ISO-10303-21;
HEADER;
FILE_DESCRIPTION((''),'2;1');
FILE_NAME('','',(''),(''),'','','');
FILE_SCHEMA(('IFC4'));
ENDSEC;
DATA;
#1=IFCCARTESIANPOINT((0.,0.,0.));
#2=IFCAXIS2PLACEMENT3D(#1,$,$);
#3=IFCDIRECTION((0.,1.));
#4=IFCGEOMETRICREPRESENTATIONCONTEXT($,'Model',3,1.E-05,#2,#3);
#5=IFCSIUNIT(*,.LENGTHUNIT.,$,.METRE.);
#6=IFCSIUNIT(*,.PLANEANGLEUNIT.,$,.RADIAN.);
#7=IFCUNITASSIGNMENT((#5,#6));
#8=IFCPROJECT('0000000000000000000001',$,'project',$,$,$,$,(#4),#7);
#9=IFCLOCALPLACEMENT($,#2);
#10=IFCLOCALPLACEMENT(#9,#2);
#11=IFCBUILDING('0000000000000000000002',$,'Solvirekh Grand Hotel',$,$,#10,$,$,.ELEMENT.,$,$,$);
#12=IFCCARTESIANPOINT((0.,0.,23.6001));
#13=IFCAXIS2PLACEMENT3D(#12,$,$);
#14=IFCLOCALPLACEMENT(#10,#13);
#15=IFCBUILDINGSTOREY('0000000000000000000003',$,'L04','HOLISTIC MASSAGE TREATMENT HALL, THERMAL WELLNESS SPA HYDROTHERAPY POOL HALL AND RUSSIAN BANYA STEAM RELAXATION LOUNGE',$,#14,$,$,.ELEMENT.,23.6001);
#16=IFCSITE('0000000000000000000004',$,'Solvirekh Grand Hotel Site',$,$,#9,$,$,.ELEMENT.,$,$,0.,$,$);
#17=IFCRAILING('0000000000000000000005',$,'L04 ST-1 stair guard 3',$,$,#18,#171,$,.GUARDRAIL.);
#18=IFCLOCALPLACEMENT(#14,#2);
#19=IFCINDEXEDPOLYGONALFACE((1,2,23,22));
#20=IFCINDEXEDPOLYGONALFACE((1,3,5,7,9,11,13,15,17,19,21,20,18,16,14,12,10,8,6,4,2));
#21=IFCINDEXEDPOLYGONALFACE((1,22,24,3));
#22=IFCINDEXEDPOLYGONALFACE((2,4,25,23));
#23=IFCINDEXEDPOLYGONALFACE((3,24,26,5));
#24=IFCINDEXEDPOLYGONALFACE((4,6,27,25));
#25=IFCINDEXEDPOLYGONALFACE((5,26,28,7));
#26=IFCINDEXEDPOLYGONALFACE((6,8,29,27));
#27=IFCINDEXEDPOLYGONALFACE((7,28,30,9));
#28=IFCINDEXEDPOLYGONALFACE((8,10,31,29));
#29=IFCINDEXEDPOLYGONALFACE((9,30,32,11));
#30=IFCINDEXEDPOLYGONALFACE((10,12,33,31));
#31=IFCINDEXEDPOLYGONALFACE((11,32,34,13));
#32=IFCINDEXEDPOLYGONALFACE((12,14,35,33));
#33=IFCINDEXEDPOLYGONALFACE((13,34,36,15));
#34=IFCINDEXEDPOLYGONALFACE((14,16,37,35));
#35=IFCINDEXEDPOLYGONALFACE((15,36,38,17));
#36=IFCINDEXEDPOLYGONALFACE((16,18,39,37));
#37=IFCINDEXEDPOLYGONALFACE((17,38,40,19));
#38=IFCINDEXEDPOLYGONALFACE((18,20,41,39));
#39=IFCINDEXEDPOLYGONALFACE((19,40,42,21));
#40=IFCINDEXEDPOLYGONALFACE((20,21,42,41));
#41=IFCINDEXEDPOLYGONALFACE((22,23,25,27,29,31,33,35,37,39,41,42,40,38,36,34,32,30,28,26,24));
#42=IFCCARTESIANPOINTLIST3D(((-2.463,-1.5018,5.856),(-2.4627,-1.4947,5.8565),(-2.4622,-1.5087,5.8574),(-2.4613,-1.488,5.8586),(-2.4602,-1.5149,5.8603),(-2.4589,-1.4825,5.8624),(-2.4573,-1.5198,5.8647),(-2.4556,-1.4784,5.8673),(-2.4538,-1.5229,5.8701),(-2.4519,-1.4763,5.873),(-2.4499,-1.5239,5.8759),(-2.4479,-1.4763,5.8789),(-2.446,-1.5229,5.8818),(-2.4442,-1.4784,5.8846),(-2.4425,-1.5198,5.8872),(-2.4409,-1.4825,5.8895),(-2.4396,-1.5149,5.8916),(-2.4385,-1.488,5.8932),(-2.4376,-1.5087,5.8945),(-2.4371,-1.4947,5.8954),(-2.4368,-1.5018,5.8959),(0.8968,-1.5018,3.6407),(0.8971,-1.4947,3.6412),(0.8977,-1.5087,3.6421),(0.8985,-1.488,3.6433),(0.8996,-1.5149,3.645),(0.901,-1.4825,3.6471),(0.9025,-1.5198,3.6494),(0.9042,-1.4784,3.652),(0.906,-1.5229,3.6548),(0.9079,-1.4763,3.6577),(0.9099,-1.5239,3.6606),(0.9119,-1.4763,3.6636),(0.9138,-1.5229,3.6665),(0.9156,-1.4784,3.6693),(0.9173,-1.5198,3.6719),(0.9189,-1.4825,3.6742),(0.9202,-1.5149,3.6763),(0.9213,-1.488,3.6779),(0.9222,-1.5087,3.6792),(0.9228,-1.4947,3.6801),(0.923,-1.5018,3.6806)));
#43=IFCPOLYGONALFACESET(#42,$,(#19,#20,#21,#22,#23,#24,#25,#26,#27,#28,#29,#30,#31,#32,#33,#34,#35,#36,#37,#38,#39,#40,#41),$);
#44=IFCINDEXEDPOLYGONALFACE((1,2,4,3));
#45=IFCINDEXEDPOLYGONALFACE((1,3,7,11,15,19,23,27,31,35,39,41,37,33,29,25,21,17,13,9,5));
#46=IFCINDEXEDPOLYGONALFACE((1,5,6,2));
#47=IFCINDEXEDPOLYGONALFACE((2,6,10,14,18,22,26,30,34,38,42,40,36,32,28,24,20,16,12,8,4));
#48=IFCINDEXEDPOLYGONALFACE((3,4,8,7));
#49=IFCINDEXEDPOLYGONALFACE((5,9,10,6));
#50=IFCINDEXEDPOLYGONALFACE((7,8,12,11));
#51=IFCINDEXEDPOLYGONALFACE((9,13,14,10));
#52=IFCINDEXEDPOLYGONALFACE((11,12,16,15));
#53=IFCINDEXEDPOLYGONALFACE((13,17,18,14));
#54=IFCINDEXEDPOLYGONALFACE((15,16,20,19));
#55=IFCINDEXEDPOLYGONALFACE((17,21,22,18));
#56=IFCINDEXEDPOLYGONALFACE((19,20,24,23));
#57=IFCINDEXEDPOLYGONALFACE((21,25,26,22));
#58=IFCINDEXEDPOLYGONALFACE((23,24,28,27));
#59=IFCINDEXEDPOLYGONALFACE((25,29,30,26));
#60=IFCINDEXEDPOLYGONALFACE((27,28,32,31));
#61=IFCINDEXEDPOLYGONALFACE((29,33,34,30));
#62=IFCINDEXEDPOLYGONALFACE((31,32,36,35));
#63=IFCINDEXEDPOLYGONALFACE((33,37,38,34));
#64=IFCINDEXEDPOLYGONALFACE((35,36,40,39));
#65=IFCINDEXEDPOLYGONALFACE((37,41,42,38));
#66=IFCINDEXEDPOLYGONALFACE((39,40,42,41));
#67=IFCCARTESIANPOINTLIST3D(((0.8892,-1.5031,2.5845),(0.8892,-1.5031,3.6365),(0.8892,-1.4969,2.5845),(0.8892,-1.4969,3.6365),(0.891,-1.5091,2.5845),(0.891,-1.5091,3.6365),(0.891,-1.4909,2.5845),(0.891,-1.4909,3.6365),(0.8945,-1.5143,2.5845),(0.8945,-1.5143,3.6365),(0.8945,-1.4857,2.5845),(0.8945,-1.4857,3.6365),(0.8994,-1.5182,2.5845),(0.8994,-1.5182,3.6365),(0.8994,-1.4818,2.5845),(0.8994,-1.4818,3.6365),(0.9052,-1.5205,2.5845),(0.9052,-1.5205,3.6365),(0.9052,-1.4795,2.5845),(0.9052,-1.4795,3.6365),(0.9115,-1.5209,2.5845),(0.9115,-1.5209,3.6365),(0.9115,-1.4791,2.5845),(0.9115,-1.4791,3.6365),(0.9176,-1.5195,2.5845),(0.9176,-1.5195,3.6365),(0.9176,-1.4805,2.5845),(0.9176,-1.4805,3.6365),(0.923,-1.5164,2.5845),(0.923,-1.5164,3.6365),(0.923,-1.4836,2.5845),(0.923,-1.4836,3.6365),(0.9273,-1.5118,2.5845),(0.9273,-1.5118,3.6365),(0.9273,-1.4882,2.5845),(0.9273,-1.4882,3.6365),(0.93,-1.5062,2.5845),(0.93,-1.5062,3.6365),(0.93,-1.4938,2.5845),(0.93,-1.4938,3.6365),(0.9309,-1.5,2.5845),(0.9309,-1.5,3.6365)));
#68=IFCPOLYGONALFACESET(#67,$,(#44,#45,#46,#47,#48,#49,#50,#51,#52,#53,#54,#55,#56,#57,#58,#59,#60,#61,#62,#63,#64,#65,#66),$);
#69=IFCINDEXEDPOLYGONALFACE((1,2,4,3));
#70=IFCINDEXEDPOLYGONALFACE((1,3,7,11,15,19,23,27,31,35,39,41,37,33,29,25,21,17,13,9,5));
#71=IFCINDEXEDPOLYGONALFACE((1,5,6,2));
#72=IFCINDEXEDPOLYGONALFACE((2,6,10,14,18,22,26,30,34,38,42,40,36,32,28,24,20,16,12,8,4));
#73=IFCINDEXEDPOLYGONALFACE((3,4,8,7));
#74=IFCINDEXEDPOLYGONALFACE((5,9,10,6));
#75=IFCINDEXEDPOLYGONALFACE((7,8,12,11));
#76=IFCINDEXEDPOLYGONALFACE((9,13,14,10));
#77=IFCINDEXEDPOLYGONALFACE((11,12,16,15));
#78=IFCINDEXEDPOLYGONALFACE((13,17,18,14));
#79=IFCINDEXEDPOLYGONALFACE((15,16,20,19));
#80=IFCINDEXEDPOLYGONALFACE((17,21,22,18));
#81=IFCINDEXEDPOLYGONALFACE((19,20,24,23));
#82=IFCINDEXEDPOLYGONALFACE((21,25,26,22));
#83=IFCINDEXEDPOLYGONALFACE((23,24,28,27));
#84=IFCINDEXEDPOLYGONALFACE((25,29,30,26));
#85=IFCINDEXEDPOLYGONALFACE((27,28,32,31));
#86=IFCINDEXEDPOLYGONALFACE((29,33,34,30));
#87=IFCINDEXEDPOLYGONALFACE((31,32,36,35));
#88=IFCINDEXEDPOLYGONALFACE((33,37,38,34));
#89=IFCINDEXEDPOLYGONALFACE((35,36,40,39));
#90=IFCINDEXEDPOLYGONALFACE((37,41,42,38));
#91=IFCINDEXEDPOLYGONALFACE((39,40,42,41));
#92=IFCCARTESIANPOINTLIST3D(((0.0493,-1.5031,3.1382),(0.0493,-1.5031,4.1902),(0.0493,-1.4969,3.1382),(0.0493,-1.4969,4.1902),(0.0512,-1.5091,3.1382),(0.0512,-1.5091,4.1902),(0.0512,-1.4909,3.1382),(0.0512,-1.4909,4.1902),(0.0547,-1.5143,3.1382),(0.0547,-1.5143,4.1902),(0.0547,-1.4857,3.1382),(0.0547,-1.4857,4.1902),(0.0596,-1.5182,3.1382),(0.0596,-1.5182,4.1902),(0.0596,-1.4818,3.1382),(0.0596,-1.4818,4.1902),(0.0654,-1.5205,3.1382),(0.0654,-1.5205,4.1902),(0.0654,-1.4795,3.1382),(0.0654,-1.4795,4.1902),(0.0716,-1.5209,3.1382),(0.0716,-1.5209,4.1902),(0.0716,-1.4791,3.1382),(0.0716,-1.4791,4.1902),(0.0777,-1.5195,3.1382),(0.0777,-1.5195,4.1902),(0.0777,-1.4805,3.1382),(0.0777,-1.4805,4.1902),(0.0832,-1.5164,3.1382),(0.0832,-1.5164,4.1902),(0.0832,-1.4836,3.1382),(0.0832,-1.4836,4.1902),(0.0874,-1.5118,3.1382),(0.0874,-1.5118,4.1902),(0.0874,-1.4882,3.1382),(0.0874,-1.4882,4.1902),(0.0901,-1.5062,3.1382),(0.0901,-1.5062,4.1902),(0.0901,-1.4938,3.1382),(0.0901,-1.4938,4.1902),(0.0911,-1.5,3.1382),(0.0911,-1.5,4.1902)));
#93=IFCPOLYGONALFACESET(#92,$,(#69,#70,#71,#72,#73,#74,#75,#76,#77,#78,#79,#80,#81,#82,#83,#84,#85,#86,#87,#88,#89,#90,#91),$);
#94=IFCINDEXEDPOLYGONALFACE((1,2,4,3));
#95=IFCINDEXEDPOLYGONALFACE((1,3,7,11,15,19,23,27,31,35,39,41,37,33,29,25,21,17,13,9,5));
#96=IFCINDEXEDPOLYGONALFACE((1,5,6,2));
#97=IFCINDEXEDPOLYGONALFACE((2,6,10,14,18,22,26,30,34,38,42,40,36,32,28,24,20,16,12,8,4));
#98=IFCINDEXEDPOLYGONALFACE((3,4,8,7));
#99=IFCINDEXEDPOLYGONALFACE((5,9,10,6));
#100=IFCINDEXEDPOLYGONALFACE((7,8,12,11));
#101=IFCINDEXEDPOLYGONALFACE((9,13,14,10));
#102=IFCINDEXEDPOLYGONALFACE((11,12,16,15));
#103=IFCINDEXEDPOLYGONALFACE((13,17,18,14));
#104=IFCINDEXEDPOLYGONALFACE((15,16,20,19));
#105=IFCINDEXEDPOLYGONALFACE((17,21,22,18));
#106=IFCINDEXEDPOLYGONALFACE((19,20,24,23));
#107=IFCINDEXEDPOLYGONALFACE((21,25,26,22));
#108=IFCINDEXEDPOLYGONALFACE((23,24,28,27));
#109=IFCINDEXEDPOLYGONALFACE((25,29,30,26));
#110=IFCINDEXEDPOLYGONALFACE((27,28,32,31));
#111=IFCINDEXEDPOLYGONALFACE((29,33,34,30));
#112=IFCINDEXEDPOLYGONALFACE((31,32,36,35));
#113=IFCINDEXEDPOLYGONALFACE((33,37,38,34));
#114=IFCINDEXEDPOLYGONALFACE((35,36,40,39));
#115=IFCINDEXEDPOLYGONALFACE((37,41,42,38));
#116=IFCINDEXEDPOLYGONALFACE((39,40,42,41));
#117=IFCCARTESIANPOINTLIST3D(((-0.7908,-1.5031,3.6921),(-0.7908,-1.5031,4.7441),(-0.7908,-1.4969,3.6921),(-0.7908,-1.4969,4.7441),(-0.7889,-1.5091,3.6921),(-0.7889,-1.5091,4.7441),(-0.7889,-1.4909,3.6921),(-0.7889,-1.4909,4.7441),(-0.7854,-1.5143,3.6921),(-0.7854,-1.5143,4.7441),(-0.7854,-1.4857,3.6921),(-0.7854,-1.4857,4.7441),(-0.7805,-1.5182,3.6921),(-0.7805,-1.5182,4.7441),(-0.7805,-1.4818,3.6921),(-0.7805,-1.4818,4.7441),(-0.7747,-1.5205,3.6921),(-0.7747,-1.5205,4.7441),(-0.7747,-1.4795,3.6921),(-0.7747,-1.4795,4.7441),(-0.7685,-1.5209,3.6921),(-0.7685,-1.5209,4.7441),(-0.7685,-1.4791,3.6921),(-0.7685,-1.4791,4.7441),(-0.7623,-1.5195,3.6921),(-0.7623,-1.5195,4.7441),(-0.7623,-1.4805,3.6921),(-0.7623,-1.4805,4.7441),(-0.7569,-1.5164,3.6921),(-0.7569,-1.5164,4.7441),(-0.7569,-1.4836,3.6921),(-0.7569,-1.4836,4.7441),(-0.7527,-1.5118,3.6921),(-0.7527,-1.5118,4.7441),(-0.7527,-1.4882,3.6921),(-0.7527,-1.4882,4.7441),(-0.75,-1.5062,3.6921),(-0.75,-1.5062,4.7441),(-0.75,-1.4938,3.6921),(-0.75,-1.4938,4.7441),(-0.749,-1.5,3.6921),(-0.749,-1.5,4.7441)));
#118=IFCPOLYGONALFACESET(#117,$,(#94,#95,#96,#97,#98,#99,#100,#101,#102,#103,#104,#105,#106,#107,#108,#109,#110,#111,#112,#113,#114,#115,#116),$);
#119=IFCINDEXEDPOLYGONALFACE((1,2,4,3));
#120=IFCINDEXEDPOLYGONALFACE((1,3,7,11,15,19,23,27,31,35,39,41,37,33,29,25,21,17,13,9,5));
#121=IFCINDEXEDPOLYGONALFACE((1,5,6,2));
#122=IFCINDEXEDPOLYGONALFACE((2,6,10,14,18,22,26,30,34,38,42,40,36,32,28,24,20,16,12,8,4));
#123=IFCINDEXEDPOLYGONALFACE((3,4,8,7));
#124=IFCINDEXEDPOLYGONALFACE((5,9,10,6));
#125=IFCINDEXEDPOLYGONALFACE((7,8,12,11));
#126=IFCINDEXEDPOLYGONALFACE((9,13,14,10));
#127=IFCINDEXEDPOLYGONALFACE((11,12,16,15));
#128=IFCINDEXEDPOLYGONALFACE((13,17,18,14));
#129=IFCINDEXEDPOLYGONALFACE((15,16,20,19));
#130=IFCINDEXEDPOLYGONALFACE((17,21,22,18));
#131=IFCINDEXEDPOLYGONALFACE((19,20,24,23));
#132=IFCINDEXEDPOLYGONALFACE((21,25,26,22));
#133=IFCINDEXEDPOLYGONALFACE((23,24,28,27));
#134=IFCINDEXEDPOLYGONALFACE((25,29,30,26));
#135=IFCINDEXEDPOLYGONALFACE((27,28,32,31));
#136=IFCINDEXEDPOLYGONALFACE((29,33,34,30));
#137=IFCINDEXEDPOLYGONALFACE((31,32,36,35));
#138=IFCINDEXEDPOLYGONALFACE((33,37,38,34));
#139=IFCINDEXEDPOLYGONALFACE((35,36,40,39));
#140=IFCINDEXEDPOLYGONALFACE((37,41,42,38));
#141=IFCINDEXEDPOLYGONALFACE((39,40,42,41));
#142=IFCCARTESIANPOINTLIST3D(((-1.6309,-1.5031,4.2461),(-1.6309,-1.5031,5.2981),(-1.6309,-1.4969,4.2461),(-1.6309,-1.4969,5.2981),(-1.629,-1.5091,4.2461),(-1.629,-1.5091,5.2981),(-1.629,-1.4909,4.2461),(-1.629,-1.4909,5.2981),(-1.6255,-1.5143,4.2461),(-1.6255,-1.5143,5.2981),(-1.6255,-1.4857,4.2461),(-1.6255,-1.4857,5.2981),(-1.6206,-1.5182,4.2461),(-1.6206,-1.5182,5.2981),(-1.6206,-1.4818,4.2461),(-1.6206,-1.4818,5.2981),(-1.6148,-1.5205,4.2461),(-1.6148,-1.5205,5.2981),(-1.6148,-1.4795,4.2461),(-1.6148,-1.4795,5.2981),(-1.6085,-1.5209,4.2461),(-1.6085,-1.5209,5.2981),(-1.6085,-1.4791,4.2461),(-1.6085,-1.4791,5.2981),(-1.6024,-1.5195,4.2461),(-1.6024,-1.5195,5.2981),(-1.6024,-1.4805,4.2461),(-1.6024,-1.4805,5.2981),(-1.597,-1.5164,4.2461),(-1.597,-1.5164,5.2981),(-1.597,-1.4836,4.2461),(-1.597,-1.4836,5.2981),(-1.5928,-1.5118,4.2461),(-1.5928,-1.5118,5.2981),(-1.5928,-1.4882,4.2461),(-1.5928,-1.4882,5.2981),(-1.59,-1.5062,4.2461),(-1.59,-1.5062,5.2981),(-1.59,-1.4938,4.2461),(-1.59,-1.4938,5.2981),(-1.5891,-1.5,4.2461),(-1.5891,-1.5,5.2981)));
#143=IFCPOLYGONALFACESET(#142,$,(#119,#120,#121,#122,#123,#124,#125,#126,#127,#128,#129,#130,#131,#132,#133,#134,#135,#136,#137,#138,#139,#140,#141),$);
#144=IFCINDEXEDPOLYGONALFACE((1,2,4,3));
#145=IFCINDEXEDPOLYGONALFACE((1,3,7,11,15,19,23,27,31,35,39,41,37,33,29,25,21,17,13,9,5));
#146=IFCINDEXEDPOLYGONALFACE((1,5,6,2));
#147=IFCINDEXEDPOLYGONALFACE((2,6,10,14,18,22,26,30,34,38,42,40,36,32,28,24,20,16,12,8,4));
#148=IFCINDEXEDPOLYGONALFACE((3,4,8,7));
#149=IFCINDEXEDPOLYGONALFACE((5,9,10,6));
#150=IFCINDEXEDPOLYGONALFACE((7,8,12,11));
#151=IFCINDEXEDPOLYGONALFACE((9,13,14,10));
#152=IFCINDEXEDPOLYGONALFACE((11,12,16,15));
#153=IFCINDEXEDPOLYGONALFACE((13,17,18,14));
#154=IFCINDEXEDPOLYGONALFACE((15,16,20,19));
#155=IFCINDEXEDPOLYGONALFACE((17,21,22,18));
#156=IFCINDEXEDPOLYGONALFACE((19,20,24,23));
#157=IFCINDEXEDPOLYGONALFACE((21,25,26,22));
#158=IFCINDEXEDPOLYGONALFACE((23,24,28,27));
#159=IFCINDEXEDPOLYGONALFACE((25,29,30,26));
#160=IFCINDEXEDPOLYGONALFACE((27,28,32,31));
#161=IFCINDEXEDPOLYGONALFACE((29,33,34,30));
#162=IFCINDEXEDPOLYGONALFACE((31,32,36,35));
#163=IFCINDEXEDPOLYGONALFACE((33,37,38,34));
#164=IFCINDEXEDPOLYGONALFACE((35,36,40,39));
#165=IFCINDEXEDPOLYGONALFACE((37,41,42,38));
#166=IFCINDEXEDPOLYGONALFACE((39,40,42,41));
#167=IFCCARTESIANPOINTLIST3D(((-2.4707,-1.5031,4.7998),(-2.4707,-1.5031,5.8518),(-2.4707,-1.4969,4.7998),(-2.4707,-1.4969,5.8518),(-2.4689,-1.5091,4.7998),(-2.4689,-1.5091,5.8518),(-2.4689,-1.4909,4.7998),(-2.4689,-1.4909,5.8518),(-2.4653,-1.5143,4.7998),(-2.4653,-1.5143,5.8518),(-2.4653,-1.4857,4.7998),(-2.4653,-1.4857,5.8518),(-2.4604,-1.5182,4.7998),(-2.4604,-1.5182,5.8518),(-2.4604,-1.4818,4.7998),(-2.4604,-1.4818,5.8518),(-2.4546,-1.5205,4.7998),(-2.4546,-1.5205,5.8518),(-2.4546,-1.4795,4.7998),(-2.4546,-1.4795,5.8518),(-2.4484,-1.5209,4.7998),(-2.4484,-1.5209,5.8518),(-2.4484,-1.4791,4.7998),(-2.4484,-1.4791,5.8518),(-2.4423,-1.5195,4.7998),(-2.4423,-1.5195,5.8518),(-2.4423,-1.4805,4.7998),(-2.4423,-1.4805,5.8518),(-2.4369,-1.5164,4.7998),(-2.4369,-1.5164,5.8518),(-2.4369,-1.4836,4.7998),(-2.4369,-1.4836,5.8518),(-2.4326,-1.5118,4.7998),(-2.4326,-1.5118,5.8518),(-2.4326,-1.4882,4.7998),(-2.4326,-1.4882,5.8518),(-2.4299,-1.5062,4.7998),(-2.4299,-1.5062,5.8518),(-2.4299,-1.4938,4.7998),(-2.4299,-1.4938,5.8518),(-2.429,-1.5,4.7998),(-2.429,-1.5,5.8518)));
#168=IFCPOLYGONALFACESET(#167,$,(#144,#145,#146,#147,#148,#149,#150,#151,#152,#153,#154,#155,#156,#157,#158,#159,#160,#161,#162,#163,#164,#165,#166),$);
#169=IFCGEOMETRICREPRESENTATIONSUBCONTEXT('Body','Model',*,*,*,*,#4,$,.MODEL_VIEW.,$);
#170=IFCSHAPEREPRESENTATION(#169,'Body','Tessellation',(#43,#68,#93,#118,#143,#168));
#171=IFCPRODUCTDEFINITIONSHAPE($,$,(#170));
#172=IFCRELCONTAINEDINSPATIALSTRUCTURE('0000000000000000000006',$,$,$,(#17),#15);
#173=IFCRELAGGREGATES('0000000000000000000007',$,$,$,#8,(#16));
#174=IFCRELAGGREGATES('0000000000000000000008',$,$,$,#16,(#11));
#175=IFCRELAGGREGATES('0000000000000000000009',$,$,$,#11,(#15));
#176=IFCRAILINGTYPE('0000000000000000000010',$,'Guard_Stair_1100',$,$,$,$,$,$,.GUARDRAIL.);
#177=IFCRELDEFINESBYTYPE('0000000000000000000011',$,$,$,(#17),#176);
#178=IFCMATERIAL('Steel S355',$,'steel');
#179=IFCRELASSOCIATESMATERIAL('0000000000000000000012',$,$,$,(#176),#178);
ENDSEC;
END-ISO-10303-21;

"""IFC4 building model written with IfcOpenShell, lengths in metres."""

from ifc_helpers import new_model, si_unit, direction, frame, origin, origin_2d, place, context, subcontext, project, spatial, circle, extrude, material, type_object, element, save


model = new_model("IFC4")

# Units and contexts
model_context = context("Model", 3, precision=1e-05, world=origin(), true_north=direction((0.0, 1.0)))
body_context = subcontext(model_context, "Body", "Model", "MODEL_VIEW")
ifc_project = project(units=[si_unit("LENGTHUNIT", "METRE"), si_unit("PLANEANGLEUNIT", "RADIAN")], contexts=[model_context])

# Site, building, storey
site_placement = place(None, origin())
site = spatial("IfcSite", under=ifc_project, at=site_placement, Name="Solvirekh Grand Hotel Site", CompositionType="ELEMENT", RefElevation=0.0)
building_placement = place(site_placement, origin())
building = spatial("IfcBuilding", under=site, at=building_placement, Name="Solvirekh Grand Hotel", CompositionType="ELEMENT")
storey_placement = place(building_placement, frame((0.0, 0.0, 23.6001)))
storey = spatial("IfcBuildingStorey", under=building, at=storey_placement, Name="L04", Description="HOLISTIC MASSAGE TREATMENT HALL, THERMAL WELLNESS SPA HYDROTHERAPY POOL HALL AND RUSSIAN BANYA STEAM RELAXATION LOUNGE", CompositionType="ELEMENT", Elevation=23.6001)

# Railing
ifc_material_1 = material(Name="Steel S355", Category="steel")
railing_type_1 = type_object("IfcRailingType", Name="Guard_Stair_1100", PredefinedType="GUARDRAIL", material=ifc_material_1)
railing_1_placement = place(storey_placement, frame((0.9099, -1.5, 2.5845)))
element("IfcRailing", 1, at=railing_1_placement, inside=storey, type_object=railing_type_1, Name="L04 ST-1 stair guard 3", PredefinedType="GUARDRAIL", context=body_context, shape_type="SweptSolid", body=[
    extrude(circle(Radius=0.0239, at=origin_2d()), frame((0.0, 0.0, 1.0762), z_axis=(-0.834858, 0.0, 0.550465), x_axis=(0.0, -1.0, 0.0)), (0.0, 0.0, 1.0), 4.0244),
    extrude(circle(Radius=0.021, at=origin_2d()), origin(), (0.0, 0.0, 1.0), 1.052),
    extrude(circle(Radius=0.021, at=origin_2d()), frame((-0.8398, 0.0, 0.5537)), (0.0, 0.0, 1.0), 1.052),
    extrude(circle(Radius=0.021, at=origin_2d()), frame((-1.6799, 0.0, 1.1077)), (0.0, 0.0, 1.0), 1.052),
    extrude(circle(Radius=0.021, at=origin_2d()), frame((-2.52, 0.0, 1.6616)), (0.0, 0.0, 1.0), 1.052),
    extrude(circle(Radius=0.021, at=origin_2d()), frame((-3.3599, 0.0, 2.2153)), (0.0, 0.0, 1.0), 1.052),
])

save(model, "model.ifc")
